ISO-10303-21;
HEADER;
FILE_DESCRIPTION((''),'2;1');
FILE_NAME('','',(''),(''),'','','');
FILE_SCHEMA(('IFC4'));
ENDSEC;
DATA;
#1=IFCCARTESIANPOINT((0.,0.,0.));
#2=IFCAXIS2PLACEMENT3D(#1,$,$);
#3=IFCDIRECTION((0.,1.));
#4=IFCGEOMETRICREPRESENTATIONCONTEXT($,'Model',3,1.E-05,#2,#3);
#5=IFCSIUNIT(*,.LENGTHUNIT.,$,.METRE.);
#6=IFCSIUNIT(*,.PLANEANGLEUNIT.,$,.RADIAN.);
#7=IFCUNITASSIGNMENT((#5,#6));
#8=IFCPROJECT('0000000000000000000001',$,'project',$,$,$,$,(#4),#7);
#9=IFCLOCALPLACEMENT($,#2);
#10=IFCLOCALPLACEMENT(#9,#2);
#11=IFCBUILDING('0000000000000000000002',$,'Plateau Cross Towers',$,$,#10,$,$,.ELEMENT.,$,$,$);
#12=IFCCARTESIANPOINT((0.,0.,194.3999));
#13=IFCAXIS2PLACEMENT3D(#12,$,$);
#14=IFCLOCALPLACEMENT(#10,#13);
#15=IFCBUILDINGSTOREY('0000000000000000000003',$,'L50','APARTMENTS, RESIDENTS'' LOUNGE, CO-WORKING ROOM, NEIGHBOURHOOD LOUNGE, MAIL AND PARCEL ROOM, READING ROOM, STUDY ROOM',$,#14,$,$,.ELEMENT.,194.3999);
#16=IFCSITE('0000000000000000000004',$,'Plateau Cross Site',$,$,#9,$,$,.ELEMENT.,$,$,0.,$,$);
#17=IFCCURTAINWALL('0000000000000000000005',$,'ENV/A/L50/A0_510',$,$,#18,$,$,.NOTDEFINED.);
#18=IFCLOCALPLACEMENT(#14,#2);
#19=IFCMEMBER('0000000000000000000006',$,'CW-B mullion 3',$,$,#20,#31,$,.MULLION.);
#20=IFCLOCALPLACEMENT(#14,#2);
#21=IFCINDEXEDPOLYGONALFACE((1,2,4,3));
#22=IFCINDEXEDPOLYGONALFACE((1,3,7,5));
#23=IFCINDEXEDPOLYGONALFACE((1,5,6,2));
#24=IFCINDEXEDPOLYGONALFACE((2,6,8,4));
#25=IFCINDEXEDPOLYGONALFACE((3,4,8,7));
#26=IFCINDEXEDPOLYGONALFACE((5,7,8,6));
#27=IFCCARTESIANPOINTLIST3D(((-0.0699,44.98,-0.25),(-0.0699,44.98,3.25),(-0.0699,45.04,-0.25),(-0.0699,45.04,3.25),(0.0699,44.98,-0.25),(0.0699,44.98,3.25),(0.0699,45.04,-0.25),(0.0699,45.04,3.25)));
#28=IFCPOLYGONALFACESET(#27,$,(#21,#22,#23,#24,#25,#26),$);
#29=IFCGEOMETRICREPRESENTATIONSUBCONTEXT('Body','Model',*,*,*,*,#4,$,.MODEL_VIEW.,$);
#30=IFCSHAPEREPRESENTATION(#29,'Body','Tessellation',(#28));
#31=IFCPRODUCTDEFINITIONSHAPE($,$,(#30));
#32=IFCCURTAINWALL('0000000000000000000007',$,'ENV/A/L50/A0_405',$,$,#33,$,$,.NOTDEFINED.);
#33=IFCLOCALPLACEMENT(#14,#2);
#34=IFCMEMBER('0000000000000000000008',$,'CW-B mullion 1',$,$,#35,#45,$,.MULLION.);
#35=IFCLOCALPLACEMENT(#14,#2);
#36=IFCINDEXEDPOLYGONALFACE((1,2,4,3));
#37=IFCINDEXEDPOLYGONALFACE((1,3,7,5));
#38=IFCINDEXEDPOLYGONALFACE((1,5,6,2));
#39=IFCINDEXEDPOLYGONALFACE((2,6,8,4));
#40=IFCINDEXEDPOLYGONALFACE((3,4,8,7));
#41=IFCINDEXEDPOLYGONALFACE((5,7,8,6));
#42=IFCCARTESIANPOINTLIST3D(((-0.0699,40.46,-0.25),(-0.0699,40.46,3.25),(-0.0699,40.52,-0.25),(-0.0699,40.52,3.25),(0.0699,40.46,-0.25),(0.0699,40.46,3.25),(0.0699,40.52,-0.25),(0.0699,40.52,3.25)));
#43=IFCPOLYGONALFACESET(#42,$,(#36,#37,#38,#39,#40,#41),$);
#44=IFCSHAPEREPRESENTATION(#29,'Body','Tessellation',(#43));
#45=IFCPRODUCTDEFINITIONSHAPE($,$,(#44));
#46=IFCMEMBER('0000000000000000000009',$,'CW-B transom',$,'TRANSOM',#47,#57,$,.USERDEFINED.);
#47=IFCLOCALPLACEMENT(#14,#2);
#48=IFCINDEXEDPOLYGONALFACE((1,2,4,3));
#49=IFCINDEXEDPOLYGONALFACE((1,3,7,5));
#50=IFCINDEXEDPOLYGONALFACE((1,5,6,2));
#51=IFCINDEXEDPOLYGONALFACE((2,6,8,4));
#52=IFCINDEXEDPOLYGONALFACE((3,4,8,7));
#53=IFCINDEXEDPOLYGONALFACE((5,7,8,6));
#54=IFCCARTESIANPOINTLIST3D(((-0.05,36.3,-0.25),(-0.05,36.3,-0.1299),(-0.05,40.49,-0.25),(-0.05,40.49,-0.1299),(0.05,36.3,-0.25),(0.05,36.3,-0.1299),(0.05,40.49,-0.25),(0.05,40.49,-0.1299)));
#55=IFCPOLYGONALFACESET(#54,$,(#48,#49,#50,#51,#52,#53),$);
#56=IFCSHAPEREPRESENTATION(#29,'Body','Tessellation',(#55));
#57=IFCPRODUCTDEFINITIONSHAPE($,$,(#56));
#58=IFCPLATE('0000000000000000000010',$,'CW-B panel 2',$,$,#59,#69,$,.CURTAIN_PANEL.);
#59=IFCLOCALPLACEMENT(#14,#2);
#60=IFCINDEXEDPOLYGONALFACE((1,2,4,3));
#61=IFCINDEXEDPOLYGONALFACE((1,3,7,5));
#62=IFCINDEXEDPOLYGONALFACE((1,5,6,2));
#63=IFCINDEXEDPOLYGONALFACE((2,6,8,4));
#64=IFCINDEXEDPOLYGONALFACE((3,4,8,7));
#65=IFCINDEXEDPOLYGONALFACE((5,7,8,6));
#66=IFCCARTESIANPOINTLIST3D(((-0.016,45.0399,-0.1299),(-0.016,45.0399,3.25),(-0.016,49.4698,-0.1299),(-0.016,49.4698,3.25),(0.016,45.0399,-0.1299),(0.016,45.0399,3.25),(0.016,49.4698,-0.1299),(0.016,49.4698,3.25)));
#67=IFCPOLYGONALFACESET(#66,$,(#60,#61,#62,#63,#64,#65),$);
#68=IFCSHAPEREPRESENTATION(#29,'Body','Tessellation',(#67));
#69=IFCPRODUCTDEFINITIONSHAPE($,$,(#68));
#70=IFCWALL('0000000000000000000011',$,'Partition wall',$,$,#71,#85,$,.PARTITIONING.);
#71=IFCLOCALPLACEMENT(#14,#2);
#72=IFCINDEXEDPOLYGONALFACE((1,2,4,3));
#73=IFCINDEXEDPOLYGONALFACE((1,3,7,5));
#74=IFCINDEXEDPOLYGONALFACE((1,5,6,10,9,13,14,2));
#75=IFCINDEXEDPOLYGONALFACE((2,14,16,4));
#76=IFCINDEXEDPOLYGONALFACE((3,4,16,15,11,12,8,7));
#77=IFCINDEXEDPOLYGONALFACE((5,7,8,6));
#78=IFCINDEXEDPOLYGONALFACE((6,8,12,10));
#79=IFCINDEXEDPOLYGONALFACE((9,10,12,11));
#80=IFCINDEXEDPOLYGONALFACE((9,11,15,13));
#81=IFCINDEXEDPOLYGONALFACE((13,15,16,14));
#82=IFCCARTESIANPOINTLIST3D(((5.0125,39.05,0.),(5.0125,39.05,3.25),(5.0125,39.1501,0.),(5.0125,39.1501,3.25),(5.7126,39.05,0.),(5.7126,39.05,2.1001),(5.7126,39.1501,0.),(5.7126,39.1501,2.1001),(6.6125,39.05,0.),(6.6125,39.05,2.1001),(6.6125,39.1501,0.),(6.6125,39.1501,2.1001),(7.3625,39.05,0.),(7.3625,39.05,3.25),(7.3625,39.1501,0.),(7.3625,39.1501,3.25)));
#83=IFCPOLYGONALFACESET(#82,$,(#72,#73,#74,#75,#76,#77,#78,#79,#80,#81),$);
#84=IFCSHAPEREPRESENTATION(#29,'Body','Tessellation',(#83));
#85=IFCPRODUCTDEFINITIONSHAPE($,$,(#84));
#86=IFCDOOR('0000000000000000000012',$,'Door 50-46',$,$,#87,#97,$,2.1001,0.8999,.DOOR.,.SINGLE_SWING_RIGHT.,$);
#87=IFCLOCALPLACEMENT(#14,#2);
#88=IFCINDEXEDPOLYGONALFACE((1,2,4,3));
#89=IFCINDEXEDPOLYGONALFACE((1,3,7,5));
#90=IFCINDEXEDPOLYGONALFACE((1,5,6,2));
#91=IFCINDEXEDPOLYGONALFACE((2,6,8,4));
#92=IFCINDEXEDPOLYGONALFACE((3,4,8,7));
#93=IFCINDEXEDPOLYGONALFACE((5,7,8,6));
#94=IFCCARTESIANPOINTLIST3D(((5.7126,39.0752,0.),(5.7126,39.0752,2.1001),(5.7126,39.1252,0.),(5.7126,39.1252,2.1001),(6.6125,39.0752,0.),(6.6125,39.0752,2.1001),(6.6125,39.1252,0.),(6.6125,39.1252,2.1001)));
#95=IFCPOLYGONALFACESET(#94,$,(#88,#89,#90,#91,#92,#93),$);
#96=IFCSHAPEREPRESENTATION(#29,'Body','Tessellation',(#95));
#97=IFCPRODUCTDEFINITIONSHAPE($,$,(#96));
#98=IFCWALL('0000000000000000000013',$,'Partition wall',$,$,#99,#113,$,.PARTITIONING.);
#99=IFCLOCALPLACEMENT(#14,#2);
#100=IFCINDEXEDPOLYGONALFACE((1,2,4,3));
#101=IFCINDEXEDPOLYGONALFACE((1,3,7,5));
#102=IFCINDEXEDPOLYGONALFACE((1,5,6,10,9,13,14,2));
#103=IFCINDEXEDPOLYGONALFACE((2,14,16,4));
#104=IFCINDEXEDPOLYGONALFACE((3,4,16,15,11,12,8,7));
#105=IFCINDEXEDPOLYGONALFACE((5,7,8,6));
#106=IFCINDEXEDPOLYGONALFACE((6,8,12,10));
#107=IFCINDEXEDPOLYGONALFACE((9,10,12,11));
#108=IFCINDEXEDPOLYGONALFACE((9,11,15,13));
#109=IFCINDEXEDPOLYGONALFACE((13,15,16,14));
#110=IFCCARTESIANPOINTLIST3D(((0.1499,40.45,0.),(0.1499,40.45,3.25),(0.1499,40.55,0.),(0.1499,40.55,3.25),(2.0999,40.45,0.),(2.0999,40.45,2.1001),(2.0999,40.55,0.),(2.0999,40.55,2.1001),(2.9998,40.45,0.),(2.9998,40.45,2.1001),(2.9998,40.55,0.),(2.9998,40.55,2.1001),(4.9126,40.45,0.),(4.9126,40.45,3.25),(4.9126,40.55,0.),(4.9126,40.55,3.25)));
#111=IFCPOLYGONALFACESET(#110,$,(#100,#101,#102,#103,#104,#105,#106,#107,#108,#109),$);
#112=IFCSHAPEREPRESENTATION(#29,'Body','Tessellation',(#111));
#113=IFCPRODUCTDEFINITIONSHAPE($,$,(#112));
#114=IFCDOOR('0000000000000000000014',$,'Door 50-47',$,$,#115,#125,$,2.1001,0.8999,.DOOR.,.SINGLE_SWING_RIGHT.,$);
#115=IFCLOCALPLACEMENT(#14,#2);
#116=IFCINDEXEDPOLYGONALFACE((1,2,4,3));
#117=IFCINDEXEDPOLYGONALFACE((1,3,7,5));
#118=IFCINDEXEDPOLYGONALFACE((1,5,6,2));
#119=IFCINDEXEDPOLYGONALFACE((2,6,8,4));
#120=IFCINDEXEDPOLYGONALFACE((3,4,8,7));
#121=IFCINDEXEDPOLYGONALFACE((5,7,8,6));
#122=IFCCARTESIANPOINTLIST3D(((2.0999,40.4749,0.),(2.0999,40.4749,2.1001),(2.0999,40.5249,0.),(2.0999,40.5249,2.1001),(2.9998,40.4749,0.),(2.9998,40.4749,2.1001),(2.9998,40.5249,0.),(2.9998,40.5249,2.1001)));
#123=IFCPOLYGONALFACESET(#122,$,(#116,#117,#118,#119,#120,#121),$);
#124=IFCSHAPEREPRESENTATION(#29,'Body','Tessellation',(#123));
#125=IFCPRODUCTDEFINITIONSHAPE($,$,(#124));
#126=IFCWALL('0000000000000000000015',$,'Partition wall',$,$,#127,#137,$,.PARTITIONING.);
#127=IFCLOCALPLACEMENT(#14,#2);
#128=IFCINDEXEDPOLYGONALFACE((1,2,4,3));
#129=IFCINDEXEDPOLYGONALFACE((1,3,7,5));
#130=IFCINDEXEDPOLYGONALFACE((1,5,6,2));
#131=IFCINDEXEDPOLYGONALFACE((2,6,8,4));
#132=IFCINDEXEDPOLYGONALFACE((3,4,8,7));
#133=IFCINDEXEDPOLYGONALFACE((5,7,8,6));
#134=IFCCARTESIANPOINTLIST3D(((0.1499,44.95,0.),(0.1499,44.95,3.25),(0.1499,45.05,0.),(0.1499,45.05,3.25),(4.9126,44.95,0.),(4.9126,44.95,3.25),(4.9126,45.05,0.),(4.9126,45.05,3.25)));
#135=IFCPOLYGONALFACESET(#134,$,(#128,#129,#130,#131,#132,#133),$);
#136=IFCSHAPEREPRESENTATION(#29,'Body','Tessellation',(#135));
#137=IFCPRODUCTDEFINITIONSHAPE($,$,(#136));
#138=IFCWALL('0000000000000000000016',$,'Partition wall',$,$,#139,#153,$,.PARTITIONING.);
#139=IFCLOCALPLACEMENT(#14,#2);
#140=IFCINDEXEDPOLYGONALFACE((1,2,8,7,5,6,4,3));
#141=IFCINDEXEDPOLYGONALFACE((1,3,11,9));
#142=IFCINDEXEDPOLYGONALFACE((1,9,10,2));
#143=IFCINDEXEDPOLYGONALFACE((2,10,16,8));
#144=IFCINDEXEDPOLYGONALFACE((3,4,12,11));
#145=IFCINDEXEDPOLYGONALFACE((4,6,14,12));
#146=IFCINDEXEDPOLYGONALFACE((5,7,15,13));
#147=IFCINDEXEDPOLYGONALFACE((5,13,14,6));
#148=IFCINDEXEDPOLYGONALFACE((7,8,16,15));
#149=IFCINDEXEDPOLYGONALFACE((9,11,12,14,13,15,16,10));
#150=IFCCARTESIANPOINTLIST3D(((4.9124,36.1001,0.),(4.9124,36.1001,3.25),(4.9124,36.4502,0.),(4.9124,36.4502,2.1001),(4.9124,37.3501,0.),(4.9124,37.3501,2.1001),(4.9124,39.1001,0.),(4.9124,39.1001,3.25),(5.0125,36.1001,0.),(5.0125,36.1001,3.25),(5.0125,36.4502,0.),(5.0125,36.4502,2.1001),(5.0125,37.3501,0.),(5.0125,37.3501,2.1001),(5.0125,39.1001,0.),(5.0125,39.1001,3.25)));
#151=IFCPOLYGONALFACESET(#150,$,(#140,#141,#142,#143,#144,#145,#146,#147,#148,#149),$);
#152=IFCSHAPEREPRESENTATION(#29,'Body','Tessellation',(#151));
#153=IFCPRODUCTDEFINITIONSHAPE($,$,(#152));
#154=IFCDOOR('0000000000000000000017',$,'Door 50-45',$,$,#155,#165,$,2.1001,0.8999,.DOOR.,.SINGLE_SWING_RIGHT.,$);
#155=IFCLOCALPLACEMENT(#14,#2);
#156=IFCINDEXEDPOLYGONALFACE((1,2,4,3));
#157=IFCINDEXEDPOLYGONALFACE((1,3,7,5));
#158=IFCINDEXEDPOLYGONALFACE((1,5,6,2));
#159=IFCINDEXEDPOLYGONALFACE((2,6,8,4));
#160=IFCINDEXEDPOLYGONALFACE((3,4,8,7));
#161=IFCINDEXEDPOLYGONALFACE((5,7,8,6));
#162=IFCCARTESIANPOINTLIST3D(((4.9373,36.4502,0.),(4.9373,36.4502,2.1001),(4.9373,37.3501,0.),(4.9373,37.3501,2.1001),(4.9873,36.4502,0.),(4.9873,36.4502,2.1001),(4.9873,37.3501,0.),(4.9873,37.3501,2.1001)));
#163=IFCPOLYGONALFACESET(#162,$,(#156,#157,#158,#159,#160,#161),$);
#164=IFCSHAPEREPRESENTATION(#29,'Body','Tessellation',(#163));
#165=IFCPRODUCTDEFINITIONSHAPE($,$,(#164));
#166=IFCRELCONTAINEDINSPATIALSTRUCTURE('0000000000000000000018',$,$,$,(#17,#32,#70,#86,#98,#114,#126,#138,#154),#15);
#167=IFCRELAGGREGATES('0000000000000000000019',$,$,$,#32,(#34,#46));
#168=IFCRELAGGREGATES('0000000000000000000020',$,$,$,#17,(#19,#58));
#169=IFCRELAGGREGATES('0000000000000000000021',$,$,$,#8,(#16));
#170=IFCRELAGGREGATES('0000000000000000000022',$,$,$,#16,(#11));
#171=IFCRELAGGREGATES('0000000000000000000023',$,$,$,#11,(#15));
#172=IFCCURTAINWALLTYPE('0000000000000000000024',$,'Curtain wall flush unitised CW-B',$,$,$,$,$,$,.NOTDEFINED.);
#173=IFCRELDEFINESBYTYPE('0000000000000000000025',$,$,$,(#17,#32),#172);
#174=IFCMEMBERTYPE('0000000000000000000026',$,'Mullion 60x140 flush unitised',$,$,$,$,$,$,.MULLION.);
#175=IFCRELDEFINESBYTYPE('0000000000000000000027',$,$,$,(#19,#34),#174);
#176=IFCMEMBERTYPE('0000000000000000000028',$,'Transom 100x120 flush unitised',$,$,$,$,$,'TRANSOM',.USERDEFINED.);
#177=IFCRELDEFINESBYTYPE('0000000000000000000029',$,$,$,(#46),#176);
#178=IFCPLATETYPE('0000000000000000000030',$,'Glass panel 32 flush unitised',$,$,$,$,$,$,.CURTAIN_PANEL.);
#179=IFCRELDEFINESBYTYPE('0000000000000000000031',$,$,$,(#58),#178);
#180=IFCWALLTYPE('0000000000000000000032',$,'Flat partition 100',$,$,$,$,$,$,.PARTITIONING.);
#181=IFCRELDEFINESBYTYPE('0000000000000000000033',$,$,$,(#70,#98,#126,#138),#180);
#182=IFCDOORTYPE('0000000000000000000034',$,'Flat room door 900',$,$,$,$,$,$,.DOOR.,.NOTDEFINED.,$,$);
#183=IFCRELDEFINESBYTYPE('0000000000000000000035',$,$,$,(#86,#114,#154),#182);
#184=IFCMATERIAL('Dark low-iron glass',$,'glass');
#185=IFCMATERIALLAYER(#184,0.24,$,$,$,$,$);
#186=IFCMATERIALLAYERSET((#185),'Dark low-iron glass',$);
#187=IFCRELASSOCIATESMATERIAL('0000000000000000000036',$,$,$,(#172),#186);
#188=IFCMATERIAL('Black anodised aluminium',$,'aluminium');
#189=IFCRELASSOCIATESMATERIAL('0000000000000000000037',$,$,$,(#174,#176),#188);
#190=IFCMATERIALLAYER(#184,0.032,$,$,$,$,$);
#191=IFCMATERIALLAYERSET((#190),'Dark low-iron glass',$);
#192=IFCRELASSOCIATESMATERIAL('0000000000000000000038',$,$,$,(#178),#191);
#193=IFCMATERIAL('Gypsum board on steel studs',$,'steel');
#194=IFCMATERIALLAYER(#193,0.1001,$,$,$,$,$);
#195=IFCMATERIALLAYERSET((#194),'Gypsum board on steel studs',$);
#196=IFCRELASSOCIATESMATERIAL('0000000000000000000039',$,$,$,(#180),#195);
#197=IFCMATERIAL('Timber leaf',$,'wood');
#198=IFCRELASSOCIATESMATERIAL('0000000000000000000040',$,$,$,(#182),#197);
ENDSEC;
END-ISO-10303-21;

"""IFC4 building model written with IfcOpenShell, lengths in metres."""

from ifc_helpers import new_model, si_unit, direction, frame, frame_2d, origin, origin_2d, place, context, subcontext, project, spatial, rectangle, extrude, material, layer, layer_set, material_profile, profile_set, type_object, element, fill, aggregate, save


model = new_model("IFC4")

# Units and contexts
model_context = context("Model", 3, precision=1e-05, world=origin(), true_north=direction((0.0, 1.0)))
body_context = subcontext(model_context, "Body", "Model", "MODEL_VIEW")
ifc_project = project(units=[si_unit("LENGTHUNIT", "METRE"), si_unit("PLANEANGLEUNIT", "RADIAN")], contexts=[model_context])

# Site, building, storey
site_placement = place(None, origin())
site = spatial("IfcSite", under=ifc_project, at=site_placement, Name="Plateau Cross Site", CompositionType="ELEMENT", RefElevation=0.0)
building_placement = place(site_placement, origin())
building = spatial("IfcBuilding", under=site, at=building_placement, Name="Plateau Cross Towers", CompositionType="ELEMENT")
storey_placement = place(building_placement, frame((0.0, 0.0, 194.3999)))
storey = spatial("IfcBuildingStorey", under=building, at=storey_placement, Name="L50", Description="APARTMENTS, RESIDENTS' LOUNGE, CO-WORKING ROOM, NEIGHBOURHOOD LOUNGE, MAIL AND PARCEL ROOM, READING ROOM, STUDY ROOM", CompositionType="ELEMENT", Elevation=194.3999)

# Curtain wall, member
ifc_material_1 = material(Name="Dark low-iron glass", Category="glass")
ifc_layer_1 = layer(ifc_material_1, 0.24)
ifc_layer_set_1 = layer_set([ifc_layer_1], Name="Dark low-iron glass")
curtain_wall_type = type_object("IfcCurtainWallType", Name="Curtain wall flush unitised CW-B", PredefinedType="NOTDEFINED", material=ifc_layer_set_1)
curtain_wall_1_placement = place(storey_placement, origin())
curtain_wall_1 = element("IfcCurtainWall", 1, at=curtain_wall_1_placement, inside=storey, type_object=curtain_wall_type, Name="ENV/A/L50/A0_510", PredefinedType="NOTDEFINED")
ifc_material_2 = material(Name="Black anodised aluminium", Category="aluminium")
ifc_material_profile_1 = material_profile(ifc_material_2, rectangle(XDim=0.0601, YDim=0.1399, at=origin_2d()), Name="MULLION 60x140")
ifc_profile_set_1 = profile_set([ifc_material_profile_1], Name="Black anodised aluminium")
member_type_1 = type_object("IfcMemberType", Name="Mullion 60x140 flush unitised", PredefinedType="MULLION", material=ifc_profile_set_1)
member_1_placement = place(storey_placement, frame((0.0, 45.01, -0.25), z_axis=(0.0, 0.0, 1.0), x_axis=(0.0, -1.0, 0.0)))
member_1 = element("IfcMember", 2, at=member_1_placement, type_object=member_type_1, Name="CW-B mullion 3", PredefinedType="MULLION", context=body_context, shape_type="SweptSolid", body=[
    extrude(rectangle(XDim=0.0601, YDim=0.1399, at=origin_2d()), origin(), (0.0, 0.0, 1.0), 3.5),
])

# Curtain wall, members
curtain_wall_2_placement = place(storey_placement, origin())
curtain_wall_2 = element("IfcCurtainWall", 3, at=curtain_wall_2_placement, inside=storey, type_object=curtain_wall_type, Name="ENV/A/L50/A0_405", PredefinedType="NOTDEFINED")
member_2_placement = place(storey_placement, frame((0.0, 40.49, -0.25), z_axis=(0.0, 0.0, 1.0), x_axis=(0.0, -1.0, 0.0)))
member_2 = element("IfcMember", 4, at=member_2_placement, type_object=member_type_1, Name="CW-B mullion 1", PredefinedType="MULLION", context=body_context, shape_type="SweptSolid", body=[
    extrude(rectangle(XDim=0.0601, YDim=0.1399, at=origin_2d()), origin(), (0.0, 0.0, 1.0), 3.5),
])
ifc_material_profile_2 = material_profile(ifc_material_2, rectangle(XDim=0.1001, YDim=0.1201, at=origin_2d()), Name="TRANSOM 100x120")
ifc_profile_set_2 = profile_set([ifc_material_profile_2], Name="Black anodised aluminium")
member_type_2 = type_object("IfcMemberType", Name="Transom 100x120 flush unitised", ElementType="TRANSOM", PredefinedType="USERDEFINED", material=ifc_profile_set_2)
member_3_placement = place(storey_placement, frame((0.0, 40.49, -0.1899), z_axis=(0.0, -1.0, 0.0), x_axis=(1.0, 0.0, 0.0)))
member_3 = element("IfcMember", 5, at=member_3_placement, type_object=member_type_2, Name="CW-B transom", ObjectType="TRANSOM", PredefinedType="USERDEFINED", context=body_context, shape_type="SweptSolid", body=[
    extrude(rectangle(XDim=0.1001, YDim=0.1201, at=origin_2d()), origin(), (0.0, 0.0, 1.0), 4.1899),
])
aggregate(curtain_wall_2, [member_2, member_3])

# Plate
ifc_layer_2 = layer(ifc_material_1, 0.032)
ifc_layer_set_2 = layer_set([ifc_layer_2], Name="Dark low-iron glass")
plate_type = type_object("IfcPlateType", Name="Glass panel 32 flush unitised", PredefinedType="CURTAIN_PANEL", material=ifc_layer_set_2)
plate_placement = place(storey_placement, frame((0.0, 47.2549, -0.1299), z_axis=(0.0, 0.0, 1.0), x_axis=(0.0, -1.0, 0.0)))
plate = element("IfcPlate", 6, at=plate_placement, type_object=plate_type, Name="CW-B panel 2", PredefinedType="CURTAIN_PANEL", context=body_context, shape_type="SweptSolid", body=[
    extrude(rectangle(XDim=4.4299, YDim=0.032, at=origin_2d()), origin(), (0.0, 0.0, 1.0), 3.3799),
])
aggregate(curtain_wall_1, [member_1, plate])

# Walls, openings, doors
ifc_material_3 = material(Name="Gypsum board on steel studs", Category="steel")
ifc_layer_3 = layer(ifc_material_3, 0.1001)
ifc_layer_set_3 = layer_set([ifc_layer_3], Name="Gypsum board on steel studs")
wall_type_1 = type_object("IfcWallType", Name="Flat partition 100", PredefinedType="PARTITIONING", material=ifc_layer_set_3)
wall_1_placement = place(storey_placement, frame((7.3625, 39.1001, 0.0), z_axis=(0.0, 0.0, 1.0), x_axis=(-1.0, 0.0, 0.0)))
wall_1 = element("IfcWall", 7, at=wall_1_placement, inside=storey, type_object=wall_type_1, Name="Partition wall", PredefinedType="PARTITIONING", context=body_context, shape_type="SweptSolid", body=[
    extrude(rectangle(XDim=2.3501, YDim=0.1001, at=frame_2d((1.175, 0.0))), origin(), (0.0, 0.0, 1.0), 3.25),
])
opening_1_placement = place(wall_1_placement, frame((0.75, 0.0, 0.0)))
opening_1 = element("IfcOpeningElement", 8, at=opening_1_placement, cuts=wall_1, PredefinedType="OPENING", context=body_context, shape_type="SweptSolid", body=[
    extrude(rectangle(XDim=0.8999, YDim=2.1001, at=frame_2d((0.45, 1.05))), frame((0.0, 0.0601, 0.0), z_axis=(0.0, -1.0, 0.0), x_axis=(1.0, 0.0, 0.0)), (0.0, 0.0, 1.0), 0.1201),
])
ifc_material_4 = material(Name="Timber leaf", Category="wood")
door_type_1 = type_object("IfcDoorType", Name="Flat room door 900", OperationType="NOTDEFINED", PredefinedType="DOOR", material=ifc_material_4)
door_1_placement = place(opening_1_placement, origin())
door_1 = element("IfcDoor", 9, at=door_1_placement, inside=storey, type_object=door_type_1, Name="Door 50-46", OperationType="SINGLE_SWING_RIGHT", OverallHeight=2.1001, OverallWidth=0.8999, PredefinedType="DOOR", context=body_context, shape_type="SweptSolid", body=[
    extrude(rectangle(XDim=0.8999, YDim=2.1001, at=frame_2d((0.45, 1.05))), frame((0.0, 0.0249, 0.0), z_axis=(0.0, -1.0, 0.0), x_axis=(1.0, 0.0, 0.0)), (0.0, 0.0, 1.0), 0.05),
])
fill(opening_1, door_1)
wall_2_placement = place(storey_placement, frame((0.1499, 40.5, 0.0), z_axis=(0.0, 0.0, 1.0), x_axis=(1.0, 0.0, 0.0)))
wall_2 = element("IfcWall", 10, at=wall_2_placement, inside=storey, type_object=wall_type_1, Name="Partition wall", PredefinedType="PARTITIONING", context=body_context, shape_type="SweptSolid", body=[
    extrude(rectangle(XDim=4.7627, YDim=0.1001, at=frame_2d((2.3813, 0.0))), origin(), (0.0, 0.0, 1.0), 3.25),
])
opening_2_placement = place(wall_2_placement, frame((1.95, 0.0, 0.0)))
opening_2 = element("IfcOpeningElement", 11, at=opening_2_placement, cuts=wall_2, PredefinedType="OPENING", context=body_context, shape_type="SweptSolid", body=[
    extrude(rectangle(XDim=0.8999, YDim=2.1001, at=frame_2d((0.45, 1.05))), frame((0.0, 0.0601, 0.0), z_axis=(0.0, -1.0, 0.0), x_axis=(1.0, 0.0, 0.0)), (0.0, 0.0, 1.0), 0.1201),
])
door_2_placement = place(opening_2_placement, origin())
door_2 = element("IfcDoor", 12, at=door_2_placement, inside=storey, type_object=door_type_1, Name="Door 50-47", OperationType="SINGLE_SWING_RIGHT", OverallHeight=2.1001, OverallWidth=0.8999, PredefinedType="DOOR", context=body_context, shape_type="SweptSolid", body=[
    extrude(rectangle(XDim=0.8999, YDim=2.1001, at=frame_2d((0.45, 1.05))), frame((0.0, 0.0249, 0.0), z_axis=(0.0, -1.0, 0.0), x_axis=(1.0, 0.0, 0.0)), (0.0, 0.0, 1.0), 0.05),
])
fill(opening_2, door_2)

# Wall
wall_3_placement = place(storey_placement, frame((4.9126, 45.0, 0.0), z_axis=(0.0, 0.0, 1.0), x_axis=(-1.0, 0.0, 0.0)))
element("IfcWall", 13, at=wall_3_placement, inside=storey, type_object=wall_type_1, Name="Partition wall", PredefinedType="PARTITIONING", context=body_context, shape_type="SweptSolid", body=[
    extrude(rectangle(XDim=4.7627, YDim=0.1001, at=frame_2d((2.3813, 0.0))), origin(), (0.0, 0.0, 1.0), 3.25),
])

# Wall, opening, door
wall_4_placement = place(storey_placement, frame((4.9624, 39.1001, 0.0), z_axis=(0.0, 0.0, 1.0), x_axis=(0.0, -1.0, 0.0)))
wall_4 = element("IfcWall", 14, at=wall_4_placement, inside=storey, type_object=wall_type_1, Name="Partition wall", PredefinedType="PARTITIONING", context=body_context, shape_type="SweptSolid", body=[
    extrude(rectangle(XDim=3.0, YDim=0.1001, at=frame_2d((1.5, 0.0))), origin(), (0.0, 0.0, 1.0), 3.25),
])
opening_3_placement = place(wall_4_placement, frame((1.75, 0.0, 0.0)))
opening_3 = element("IfcOpeningElement", 15, at=opening_3_placement, cuts=wall_4, PredefinedType="OPENING", context=body_context, shape_type="SweptSolid", body=[
    extrude(rectangle(XDim=0.8999, YDim=2.1001, at=frame_2d((0.45, 1.05))), frame((0.0, 0.0601, 0.0), z_axis=(0.0, -1.0, 0.0), x_axis=(1.0, 0.0, 0.0)), (0.0, 0.0, 1.0), 0.1201),
])
door_3_placement = place(opening_3_placement, origin())
door_3 = element("IfcDoor", 16, at=door_3_placement, inside=storey, type_object=door_type_1, Name="Door 50-45", OperationType="SINGLE_SWING_RIGHT", OverallHeight=2.1001, OverallWidth=0.8999, PredefinedType="DOOR", context=body_context, shape_type="SweptSolid", body=[
    extrude(rectangle(XDim=0.8999, YDim=2.1001, at=frame_2d((0.45, 1.05))), frame((0.0, 0.0249, 0.0), z_axis=(0.0, -1.0, 0.0), x_axis=(1.0, 0.0, 0.0)), (0.0, 0.0, 1.0), 0.05),
])
fill(opening_3, door_3)

save(model, "model.ifc")
